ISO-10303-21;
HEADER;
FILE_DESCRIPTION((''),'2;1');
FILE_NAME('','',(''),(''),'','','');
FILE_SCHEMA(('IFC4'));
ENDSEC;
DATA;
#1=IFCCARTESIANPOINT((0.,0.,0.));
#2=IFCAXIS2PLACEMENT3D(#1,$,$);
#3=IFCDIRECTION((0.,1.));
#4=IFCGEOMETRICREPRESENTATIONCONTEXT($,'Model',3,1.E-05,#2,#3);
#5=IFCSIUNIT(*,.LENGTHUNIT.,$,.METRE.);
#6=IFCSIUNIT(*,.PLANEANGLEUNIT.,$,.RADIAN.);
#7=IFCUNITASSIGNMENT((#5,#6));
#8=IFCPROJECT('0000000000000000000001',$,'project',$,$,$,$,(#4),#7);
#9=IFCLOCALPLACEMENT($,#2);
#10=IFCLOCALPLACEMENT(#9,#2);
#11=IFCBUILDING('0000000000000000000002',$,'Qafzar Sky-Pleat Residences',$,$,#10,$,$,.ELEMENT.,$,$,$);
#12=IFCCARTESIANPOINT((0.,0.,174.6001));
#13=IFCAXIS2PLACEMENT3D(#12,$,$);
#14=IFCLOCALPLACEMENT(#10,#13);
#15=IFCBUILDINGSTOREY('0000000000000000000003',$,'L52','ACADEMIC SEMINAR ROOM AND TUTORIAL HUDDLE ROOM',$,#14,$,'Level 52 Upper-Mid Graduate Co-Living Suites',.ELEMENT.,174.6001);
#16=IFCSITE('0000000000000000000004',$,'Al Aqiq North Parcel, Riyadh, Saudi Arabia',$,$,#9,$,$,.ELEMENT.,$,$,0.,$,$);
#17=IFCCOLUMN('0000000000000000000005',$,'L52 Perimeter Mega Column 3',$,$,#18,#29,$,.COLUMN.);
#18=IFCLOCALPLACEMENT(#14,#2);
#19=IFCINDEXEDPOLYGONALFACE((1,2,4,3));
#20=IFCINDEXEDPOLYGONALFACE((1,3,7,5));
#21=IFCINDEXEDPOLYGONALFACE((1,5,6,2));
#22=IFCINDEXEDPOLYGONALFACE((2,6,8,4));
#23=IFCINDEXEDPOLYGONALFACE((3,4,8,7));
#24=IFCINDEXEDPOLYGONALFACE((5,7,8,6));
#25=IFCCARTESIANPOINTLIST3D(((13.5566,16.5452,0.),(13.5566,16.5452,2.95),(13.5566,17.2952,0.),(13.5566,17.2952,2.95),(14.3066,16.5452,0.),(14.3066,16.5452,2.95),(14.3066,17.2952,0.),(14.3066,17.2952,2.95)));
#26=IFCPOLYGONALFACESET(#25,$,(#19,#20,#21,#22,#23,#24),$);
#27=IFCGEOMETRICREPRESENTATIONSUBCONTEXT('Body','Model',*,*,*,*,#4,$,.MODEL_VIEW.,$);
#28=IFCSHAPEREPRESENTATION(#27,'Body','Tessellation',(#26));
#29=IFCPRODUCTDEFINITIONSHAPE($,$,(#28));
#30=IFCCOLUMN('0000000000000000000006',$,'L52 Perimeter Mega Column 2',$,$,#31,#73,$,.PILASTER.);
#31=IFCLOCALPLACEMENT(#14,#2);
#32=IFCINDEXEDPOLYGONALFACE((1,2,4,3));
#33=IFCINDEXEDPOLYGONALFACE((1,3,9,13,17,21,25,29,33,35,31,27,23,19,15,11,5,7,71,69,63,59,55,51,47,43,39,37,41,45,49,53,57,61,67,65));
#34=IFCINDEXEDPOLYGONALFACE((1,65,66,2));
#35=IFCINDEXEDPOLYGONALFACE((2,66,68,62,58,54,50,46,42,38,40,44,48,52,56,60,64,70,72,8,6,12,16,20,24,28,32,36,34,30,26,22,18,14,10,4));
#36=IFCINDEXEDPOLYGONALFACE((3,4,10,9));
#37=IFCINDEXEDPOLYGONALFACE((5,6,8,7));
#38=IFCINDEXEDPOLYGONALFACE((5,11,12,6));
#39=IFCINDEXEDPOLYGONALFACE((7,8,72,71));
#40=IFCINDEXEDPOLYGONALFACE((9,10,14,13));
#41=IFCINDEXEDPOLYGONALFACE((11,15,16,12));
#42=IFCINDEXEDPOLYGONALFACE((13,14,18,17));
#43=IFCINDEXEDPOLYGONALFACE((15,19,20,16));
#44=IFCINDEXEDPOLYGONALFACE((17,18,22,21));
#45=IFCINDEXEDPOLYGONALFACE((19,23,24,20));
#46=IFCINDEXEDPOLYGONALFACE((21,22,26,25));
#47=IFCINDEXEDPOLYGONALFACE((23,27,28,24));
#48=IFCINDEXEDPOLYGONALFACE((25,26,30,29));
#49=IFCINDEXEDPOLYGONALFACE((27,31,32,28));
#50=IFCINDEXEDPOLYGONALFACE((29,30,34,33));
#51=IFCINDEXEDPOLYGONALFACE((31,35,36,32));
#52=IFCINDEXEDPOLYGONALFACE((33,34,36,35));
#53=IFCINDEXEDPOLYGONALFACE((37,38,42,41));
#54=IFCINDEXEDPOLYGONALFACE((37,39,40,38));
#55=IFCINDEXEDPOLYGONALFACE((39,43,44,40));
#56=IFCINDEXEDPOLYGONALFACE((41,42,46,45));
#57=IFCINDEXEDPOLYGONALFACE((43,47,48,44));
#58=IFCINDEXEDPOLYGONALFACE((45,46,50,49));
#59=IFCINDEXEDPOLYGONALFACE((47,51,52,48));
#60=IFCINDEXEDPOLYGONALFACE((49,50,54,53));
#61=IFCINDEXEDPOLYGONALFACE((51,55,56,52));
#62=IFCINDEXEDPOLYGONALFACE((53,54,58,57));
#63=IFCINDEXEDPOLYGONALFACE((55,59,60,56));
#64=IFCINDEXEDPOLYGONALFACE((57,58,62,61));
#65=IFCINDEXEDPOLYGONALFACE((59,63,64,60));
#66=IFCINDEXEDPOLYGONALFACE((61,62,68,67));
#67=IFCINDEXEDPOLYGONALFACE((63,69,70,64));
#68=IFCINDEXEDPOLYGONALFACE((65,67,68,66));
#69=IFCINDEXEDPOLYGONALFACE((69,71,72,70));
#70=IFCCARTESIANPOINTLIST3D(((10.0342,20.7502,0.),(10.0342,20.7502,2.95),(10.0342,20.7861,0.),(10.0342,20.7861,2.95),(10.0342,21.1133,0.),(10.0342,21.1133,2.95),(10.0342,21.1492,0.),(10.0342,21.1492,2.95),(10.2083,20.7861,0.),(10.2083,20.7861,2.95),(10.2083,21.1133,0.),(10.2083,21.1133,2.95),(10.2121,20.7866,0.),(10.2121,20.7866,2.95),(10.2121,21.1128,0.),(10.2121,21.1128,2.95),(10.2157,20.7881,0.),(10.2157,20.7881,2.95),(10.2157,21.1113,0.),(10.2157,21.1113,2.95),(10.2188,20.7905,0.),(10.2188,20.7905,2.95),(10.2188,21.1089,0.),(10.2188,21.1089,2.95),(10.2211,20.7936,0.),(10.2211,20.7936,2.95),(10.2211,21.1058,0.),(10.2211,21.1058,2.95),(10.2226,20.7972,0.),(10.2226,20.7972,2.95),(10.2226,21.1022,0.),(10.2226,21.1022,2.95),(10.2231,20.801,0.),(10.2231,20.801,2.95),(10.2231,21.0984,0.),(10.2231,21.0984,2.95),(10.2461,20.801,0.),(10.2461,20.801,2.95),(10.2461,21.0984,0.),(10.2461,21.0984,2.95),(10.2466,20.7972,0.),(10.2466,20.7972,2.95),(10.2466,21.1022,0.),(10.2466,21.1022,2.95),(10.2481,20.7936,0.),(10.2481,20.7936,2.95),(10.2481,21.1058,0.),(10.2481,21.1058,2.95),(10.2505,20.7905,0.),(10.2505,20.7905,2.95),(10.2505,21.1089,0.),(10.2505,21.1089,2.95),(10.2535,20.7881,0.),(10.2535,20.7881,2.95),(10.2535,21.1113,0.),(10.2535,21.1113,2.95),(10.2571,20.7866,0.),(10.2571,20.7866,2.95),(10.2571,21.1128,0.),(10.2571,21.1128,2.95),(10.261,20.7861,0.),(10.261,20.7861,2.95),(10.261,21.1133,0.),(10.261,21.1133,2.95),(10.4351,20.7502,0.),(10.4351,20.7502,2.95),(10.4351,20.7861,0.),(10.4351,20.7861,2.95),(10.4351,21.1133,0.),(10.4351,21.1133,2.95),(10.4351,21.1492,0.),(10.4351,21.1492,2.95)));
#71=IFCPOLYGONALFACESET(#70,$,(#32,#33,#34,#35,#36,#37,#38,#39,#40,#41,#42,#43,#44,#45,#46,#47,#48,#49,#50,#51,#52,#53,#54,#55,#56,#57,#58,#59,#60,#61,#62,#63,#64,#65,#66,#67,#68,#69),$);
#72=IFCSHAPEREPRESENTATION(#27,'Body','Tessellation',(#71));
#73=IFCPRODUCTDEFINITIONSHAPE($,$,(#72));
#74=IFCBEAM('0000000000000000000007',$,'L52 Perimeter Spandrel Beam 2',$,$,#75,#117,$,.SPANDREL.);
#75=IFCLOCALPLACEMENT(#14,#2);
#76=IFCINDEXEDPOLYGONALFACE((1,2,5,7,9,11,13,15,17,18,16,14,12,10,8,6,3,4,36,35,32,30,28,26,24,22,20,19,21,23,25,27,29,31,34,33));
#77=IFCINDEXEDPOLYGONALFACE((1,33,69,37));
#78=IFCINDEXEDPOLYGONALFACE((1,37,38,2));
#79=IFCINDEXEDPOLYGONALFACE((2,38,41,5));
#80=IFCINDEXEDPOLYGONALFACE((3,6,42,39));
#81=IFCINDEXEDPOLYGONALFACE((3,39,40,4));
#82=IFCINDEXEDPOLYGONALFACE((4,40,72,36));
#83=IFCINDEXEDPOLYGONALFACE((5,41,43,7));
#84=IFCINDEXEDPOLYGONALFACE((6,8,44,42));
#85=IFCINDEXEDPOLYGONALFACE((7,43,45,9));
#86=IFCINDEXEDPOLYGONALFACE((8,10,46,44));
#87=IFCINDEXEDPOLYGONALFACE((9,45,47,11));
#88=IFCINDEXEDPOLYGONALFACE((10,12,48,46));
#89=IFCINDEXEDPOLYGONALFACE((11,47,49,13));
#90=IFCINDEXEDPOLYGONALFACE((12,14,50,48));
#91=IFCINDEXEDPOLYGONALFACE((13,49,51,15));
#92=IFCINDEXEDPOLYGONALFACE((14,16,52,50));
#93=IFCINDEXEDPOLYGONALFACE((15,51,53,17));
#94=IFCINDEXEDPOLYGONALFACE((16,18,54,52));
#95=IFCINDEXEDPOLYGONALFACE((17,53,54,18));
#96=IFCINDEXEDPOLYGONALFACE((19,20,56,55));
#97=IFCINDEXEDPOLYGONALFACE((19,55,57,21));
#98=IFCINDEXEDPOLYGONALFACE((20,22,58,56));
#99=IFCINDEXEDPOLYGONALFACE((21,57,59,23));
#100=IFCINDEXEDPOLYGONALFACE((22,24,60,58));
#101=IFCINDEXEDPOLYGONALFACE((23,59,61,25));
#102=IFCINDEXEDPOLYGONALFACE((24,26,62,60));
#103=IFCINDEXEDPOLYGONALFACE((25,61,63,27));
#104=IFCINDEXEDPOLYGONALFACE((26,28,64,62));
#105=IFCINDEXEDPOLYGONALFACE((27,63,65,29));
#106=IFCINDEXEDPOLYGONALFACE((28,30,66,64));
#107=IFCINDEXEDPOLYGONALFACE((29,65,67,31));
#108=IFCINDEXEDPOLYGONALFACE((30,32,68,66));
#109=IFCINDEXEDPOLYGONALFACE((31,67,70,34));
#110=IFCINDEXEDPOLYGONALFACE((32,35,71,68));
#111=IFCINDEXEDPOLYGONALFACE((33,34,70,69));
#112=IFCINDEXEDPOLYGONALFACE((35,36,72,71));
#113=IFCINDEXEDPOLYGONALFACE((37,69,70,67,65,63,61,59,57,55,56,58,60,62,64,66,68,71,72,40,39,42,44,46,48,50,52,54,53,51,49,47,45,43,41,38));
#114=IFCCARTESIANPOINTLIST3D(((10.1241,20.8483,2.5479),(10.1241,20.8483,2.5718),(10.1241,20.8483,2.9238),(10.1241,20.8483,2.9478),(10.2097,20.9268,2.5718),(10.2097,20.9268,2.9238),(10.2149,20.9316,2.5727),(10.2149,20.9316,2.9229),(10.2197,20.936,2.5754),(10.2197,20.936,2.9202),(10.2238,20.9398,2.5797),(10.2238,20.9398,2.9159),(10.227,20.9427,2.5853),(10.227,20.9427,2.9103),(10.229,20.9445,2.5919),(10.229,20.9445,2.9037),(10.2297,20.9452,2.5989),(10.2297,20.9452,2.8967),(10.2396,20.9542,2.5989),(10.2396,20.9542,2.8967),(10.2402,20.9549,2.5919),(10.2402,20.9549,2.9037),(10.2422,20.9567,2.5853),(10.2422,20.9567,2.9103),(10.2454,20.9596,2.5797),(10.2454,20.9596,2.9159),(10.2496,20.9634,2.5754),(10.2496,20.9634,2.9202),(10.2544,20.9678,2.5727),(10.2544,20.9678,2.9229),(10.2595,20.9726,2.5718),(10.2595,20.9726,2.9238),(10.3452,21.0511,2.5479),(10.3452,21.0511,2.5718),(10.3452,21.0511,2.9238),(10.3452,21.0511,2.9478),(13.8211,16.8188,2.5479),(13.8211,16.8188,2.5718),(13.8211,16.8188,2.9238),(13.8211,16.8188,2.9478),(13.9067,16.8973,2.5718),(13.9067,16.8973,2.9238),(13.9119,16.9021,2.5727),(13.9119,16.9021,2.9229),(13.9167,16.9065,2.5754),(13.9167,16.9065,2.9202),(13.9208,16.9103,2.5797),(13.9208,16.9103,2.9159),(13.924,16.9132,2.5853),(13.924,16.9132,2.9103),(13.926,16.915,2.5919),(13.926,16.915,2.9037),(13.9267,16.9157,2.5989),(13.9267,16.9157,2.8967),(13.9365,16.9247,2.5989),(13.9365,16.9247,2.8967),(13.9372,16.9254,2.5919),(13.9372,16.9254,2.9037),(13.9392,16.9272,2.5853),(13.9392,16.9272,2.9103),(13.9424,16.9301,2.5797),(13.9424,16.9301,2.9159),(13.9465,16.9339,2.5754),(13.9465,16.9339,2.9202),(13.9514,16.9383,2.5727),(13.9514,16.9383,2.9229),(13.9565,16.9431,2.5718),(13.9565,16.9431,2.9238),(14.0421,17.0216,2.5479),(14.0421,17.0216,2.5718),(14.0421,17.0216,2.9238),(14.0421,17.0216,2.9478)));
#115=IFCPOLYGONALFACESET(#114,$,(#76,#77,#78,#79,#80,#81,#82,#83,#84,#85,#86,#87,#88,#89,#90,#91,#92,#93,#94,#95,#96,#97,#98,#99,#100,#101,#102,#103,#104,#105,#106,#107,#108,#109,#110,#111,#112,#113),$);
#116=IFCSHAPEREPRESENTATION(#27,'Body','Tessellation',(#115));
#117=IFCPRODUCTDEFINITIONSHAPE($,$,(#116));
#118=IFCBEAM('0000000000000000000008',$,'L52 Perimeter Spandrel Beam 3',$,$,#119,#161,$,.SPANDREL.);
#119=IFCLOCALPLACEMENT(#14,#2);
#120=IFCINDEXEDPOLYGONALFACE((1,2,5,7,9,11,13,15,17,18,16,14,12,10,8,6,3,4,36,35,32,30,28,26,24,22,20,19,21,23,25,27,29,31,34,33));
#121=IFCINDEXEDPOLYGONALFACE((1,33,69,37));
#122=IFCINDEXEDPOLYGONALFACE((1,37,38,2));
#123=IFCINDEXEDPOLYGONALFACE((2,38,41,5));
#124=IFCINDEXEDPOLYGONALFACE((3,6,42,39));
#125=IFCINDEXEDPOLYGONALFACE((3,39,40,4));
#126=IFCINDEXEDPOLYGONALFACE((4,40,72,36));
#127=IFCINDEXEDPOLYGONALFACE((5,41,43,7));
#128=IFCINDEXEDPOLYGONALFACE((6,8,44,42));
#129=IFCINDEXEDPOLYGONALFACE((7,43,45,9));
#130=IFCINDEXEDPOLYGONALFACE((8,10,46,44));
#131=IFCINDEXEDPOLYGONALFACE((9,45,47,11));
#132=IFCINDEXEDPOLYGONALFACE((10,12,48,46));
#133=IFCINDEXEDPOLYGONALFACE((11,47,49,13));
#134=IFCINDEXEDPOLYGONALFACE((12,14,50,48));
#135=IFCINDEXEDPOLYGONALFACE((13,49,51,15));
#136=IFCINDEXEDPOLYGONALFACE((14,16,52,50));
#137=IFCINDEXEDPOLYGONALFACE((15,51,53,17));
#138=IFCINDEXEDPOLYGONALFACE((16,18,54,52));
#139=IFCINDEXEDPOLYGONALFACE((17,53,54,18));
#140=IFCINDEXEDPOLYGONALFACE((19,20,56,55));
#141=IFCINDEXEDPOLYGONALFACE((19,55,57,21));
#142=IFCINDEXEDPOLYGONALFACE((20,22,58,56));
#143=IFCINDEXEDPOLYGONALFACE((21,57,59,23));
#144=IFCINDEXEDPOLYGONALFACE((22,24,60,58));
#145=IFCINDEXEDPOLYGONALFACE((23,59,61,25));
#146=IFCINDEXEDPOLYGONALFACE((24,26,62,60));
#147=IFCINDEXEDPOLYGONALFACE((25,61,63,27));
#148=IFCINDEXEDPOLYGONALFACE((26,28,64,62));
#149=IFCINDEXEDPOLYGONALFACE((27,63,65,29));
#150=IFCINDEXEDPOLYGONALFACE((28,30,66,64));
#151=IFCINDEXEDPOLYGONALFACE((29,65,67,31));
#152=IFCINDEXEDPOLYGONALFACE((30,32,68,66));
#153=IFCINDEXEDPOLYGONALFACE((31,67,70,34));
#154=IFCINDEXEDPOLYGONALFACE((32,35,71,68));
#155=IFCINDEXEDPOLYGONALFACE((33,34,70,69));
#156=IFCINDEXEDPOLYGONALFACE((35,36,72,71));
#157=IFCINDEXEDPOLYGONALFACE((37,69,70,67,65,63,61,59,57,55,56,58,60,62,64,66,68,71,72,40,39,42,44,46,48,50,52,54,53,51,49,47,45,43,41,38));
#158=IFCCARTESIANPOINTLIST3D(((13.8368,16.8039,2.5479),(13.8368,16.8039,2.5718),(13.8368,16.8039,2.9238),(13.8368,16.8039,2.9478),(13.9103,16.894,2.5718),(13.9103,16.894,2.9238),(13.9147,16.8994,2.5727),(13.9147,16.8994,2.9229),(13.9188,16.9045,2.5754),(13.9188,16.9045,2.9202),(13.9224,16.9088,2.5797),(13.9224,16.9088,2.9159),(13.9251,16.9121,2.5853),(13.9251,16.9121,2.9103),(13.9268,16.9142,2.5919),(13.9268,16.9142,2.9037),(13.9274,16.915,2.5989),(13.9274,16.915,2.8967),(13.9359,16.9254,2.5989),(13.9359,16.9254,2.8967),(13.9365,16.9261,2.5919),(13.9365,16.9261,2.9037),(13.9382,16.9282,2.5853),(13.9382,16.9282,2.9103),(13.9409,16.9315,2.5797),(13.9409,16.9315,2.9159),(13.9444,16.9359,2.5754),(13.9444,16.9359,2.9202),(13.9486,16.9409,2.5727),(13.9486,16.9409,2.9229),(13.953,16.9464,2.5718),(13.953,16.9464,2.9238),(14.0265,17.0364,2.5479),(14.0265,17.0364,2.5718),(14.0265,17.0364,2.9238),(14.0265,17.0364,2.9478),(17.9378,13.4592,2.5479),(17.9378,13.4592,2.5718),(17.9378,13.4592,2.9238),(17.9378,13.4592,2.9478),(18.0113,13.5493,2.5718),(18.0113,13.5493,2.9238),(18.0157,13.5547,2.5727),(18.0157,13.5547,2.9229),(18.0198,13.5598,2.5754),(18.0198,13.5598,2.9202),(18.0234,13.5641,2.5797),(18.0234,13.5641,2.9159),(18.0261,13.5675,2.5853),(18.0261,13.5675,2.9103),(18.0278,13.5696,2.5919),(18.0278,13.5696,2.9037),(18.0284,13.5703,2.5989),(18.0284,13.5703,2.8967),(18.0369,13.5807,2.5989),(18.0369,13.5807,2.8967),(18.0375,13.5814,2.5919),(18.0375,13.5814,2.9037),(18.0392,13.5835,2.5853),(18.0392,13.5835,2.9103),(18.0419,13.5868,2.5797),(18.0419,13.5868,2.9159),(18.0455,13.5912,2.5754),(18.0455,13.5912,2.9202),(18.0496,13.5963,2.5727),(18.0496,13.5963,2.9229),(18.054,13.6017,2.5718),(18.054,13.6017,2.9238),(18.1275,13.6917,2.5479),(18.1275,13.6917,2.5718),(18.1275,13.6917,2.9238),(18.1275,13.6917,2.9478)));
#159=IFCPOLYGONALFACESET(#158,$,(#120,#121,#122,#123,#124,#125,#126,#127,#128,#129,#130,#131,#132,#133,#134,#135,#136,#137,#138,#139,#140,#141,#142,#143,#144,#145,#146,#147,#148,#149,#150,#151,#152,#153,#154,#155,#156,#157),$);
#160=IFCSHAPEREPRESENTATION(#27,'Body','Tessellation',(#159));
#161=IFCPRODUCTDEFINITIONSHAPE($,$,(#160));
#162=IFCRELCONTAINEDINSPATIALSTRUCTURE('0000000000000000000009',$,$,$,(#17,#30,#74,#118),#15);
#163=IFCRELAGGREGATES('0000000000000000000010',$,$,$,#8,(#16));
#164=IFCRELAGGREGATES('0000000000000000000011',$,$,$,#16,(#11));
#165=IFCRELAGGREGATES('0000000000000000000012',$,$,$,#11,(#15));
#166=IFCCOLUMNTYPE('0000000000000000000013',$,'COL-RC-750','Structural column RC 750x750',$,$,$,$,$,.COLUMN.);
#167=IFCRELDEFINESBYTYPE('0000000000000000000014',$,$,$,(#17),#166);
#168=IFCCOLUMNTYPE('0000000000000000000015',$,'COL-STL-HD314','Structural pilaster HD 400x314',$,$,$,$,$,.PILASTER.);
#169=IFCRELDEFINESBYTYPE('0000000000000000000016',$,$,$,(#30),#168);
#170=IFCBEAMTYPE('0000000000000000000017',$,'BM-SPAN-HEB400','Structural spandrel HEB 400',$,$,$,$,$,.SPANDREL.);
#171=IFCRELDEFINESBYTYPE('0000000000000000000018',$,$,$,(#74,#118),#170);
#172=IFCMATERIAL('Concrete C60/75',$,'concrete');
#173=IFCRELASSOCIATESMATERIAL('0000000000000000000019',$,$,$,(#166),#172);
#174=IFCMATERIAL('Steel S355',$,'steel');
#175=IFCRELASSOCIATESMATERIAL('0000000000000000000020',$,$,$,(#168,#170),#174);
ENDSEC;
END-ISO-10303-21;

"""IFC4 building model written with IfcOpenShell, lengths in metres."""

from ifc_helpers import new_model, si_unit, direction, frame, origin, origin_2d, place, context, subcontext, project, spatial, rectangle, i_section, extrude, source, transform, mapped, material, material_profile, profile_set, type_object, element, save


model = new_model("IFC4")

# Units and contexts
model_context = context("Model", 3, precision=1e-05, world=origin(), true_north=direction((0.0, 1.0)))
body_context = subcontext(model_context, "Body", "Model", "MODEL_VIEW")
ifc_project = project(units=[si_unit("LENGTHUNIT", "METRE"), si_unit("PLANEANGLEUNIT", "RADIAN")], contexts=[model_context])

# Site, building, storey
site_placement = place(None, origin())
site = spatial("IfcSite", under=ifc_project, at=site_placement, Name="Al Aqiq North Parcel, Riyadh, Saudi Arabia", CompositionType="ELEMENT", RefElevation=0.0)
building_placement = place(site_placement, origin())
building = spatial("IfcBuilding", under=site, at=building_placement, Name="Qafzar Sky-Pleat Residences", CompositionType="ELEMENT")
storey_placement = place(building_placement, frame((0.0, 0.0, 174.6001)))
storey = spatial("IfcBuildingStorey", under=building, at=storey_placement, Name="L52", Description="ACADEMIC SEMINAR ROOM AND TUTORIAL HUDDLE ROOM", LongName="Level 52 Upper-Mid Graduate Co-Living Suites", CompositionType="ELEMENT", Elevation=174.6001)

# Columns
ifc_material_1 = material(Name="Concrete C60/75", Category="concrete")
ifc_material_profile_1 = material_profile(ifc_material_1, rectangle(XDim=0.75, YDim=0.75, at=origin_2d()), Name="RC 750x750")
ifc_profile_set_1 = profile_set([ifc_material_profile_1], Name="Concrete C60/75")
column_type_1 = type_object("IfcColumnType", Name="COL-RC-750", Description="Structural column RC 750x750", PredefinedType="COLUMN", material=ifc_profile_set_1)
shared_shape_1 = source(origin(), body_context, "Body", "SweptSolid", [
    extrude(rectangle(XDim=0.75, YDim=0.75, at=origin_2d()), origin(), (0.0, 0.0, 1.0), 2.95),
])
column_1_placement = place(storey_placement, frame((13.9316, 16.9202, 0.0), z_axis=(0.0, 0.0, 1.0), x_axis=(1.0, 0.0, 0.0)))
element("IfcColumn", 1, at=column_1_placement, inside=storey, type_object=column_type_1, Name="L52 Perimeter Mega Column 3", PredefinedType="COLUMN", context=body_context, shape_type="MappedRepresentation", body=[
    mapped(shared_shape_1, transform((0.0, 0.0, 0.0), x_axis=(1.0, 0.0, 0.0), y_axis=(0.0, 1.0, 0.0), z_axis=(0.0, 0.0, 1.0), scale=1.0)),
])
ifc_material_2 = material(Name="Steel S355", Category="steel")
ifc_material_profile_2 = material_profile(ifc_material_2, i_section(OverallWidth=0.4009, OverallDepth=0.3989, WebThickness=0.0229, FlangeThickness=0.0359, FilletRadius=0.0149, at=origin_2d()), Name="HD 400x314")
ifc_profile_set_2 = profile_set([ifc_material_profile_2], Name="Steel S355")
column_type_2 = type_object("IfcColumnType", Name="COL-STL-HD314", Description="Structural pilaster HD 400x314", PredefinedType="PILASTER", material=ifc_profile_set_2)
shared_shape_2 = source(origin(), body_context, "Body", "SweptSolid", [
    extrude(i_section(OverallWidth=0.4009, OverallDepth=0.3989, WebThickness=0.0229, FlangeThickness=0.0359, FilletRadius=0.0149, at=origin_2d()), origin(), (0.0, 0.0, 1.0), 2.95),
])
column_2_placement = place(storey_placement, frame((10.2346, 20.9497, 0.0), z_axis=(0.0, 0.0, 1.0), x_axis=(1.0, 0.0, 0.0)))
element("IfcColumn", 2, at=column_2_placement, inside=storey, type_object=column_type_2, Name="L52 Perimeter Mega Column 2", PredefinedType="PILASTER", context=body_context, shape_type="MappedRepresentation", body=[
    mapped(shared_shape_2, transform((0.0, 0.0, 0.0), x_axis=(1.0, 0.0, 0.0), y_axis=(0.0, 1.0, 0.0), z_axis=(0.0, 0.0, 1.0), scale=1.0)),
])

# Beams
ifc_material_profile_3 = material_profile(ifc_material_2, i_section(OverallWidth=0.3, OverallDepth=0.3999, WebThickness=0.0134, FlangeThickness=0.0239, FilletRadius=0.0271, at=origin_2d()), Name="HEB 400")
ifc_profile_set_3 = profile_set([ifc_material_profile_3], Name="Steel S355")
beam_type_1 = type_object("IfcBeamType", Name="BM-SPAN-HEB400", Description="Structural spandrel HEB 400", PredefinedType="SPANDREL", material=ifc_profile_set_3)
shared_shape_3 = source(origin(), body_context, "Body", "SweptSolid", [
    extrude(i_section(OverallWidth=0.3, OverallDepth=0.3999, WebThickness=0.0134, FlangeThickness=0.0239, FilletRadius=0.0271, at=origin_2d()), origin(), (0.0, 0.0, 1.0), 5.4685),
])
beam_1_placement = place(storey_placement, frame((10.2346, 20.9497, 2.7478), z_axis=(0.67605, -0.736856, 0.0), x_axis=(0.736856, 0.67605, 0.0)))
element("IfcBeam", 3, at=beam_1_placement, inside=storey, type_object=beam_type_1, Name="L52 Perimeter Spandrel Beam 2", PredefinedType="SPANDREL", context=body_context, shape_type="MappedRepresentation", body=[
    mapped(shared_shape_3, transform((0.0, 0.0, 0.0), x_axis=(1.0, 0.0, 0.0), y_axis=(0.0, 1.0, 0.0), z_axis=(0.0, 0.0, 1.0), scale=1.0)),
])
shared_shape_4 = source(origin(), body_context, "Body", "SweptSolid", [
    extrude(i_section(OverallWidth=0.3, OverallDepth=0.3999, WebThickness=0.0134, FlangeThickness=0.0239, FilletRadius=0.0271, at=origin_2d()), origin(), (0.0, 0.0, 1.0), 5.292),
])
beam_2_placement = place(storey_placement, frame((13.9316, 16.9202, 2.7478), z_axis=(0.774947, -0.632026, 0.0), x_axis=(0.632026, 0.774947, 0.0)))
element("IfcBeam", 4, at=beam_2_placement, inside=storey, type_object=beam_type_1, Name="L52 Perimeter Spandrel Beam 3", PredefinedType="SPANDREL", context=body_context, shape_type="MappedRepresentation", body=[
    mapped(shared_shape_4, transform((0.0, 0.0, 0.0), x_axis=(1.0, 0.0, 0.0), y_axis=(0.0, 1.0, 0.0), z_axis=(0.0, 0.0, 1.0), scale=1.0)),
])

save(model, "model.ifc")
